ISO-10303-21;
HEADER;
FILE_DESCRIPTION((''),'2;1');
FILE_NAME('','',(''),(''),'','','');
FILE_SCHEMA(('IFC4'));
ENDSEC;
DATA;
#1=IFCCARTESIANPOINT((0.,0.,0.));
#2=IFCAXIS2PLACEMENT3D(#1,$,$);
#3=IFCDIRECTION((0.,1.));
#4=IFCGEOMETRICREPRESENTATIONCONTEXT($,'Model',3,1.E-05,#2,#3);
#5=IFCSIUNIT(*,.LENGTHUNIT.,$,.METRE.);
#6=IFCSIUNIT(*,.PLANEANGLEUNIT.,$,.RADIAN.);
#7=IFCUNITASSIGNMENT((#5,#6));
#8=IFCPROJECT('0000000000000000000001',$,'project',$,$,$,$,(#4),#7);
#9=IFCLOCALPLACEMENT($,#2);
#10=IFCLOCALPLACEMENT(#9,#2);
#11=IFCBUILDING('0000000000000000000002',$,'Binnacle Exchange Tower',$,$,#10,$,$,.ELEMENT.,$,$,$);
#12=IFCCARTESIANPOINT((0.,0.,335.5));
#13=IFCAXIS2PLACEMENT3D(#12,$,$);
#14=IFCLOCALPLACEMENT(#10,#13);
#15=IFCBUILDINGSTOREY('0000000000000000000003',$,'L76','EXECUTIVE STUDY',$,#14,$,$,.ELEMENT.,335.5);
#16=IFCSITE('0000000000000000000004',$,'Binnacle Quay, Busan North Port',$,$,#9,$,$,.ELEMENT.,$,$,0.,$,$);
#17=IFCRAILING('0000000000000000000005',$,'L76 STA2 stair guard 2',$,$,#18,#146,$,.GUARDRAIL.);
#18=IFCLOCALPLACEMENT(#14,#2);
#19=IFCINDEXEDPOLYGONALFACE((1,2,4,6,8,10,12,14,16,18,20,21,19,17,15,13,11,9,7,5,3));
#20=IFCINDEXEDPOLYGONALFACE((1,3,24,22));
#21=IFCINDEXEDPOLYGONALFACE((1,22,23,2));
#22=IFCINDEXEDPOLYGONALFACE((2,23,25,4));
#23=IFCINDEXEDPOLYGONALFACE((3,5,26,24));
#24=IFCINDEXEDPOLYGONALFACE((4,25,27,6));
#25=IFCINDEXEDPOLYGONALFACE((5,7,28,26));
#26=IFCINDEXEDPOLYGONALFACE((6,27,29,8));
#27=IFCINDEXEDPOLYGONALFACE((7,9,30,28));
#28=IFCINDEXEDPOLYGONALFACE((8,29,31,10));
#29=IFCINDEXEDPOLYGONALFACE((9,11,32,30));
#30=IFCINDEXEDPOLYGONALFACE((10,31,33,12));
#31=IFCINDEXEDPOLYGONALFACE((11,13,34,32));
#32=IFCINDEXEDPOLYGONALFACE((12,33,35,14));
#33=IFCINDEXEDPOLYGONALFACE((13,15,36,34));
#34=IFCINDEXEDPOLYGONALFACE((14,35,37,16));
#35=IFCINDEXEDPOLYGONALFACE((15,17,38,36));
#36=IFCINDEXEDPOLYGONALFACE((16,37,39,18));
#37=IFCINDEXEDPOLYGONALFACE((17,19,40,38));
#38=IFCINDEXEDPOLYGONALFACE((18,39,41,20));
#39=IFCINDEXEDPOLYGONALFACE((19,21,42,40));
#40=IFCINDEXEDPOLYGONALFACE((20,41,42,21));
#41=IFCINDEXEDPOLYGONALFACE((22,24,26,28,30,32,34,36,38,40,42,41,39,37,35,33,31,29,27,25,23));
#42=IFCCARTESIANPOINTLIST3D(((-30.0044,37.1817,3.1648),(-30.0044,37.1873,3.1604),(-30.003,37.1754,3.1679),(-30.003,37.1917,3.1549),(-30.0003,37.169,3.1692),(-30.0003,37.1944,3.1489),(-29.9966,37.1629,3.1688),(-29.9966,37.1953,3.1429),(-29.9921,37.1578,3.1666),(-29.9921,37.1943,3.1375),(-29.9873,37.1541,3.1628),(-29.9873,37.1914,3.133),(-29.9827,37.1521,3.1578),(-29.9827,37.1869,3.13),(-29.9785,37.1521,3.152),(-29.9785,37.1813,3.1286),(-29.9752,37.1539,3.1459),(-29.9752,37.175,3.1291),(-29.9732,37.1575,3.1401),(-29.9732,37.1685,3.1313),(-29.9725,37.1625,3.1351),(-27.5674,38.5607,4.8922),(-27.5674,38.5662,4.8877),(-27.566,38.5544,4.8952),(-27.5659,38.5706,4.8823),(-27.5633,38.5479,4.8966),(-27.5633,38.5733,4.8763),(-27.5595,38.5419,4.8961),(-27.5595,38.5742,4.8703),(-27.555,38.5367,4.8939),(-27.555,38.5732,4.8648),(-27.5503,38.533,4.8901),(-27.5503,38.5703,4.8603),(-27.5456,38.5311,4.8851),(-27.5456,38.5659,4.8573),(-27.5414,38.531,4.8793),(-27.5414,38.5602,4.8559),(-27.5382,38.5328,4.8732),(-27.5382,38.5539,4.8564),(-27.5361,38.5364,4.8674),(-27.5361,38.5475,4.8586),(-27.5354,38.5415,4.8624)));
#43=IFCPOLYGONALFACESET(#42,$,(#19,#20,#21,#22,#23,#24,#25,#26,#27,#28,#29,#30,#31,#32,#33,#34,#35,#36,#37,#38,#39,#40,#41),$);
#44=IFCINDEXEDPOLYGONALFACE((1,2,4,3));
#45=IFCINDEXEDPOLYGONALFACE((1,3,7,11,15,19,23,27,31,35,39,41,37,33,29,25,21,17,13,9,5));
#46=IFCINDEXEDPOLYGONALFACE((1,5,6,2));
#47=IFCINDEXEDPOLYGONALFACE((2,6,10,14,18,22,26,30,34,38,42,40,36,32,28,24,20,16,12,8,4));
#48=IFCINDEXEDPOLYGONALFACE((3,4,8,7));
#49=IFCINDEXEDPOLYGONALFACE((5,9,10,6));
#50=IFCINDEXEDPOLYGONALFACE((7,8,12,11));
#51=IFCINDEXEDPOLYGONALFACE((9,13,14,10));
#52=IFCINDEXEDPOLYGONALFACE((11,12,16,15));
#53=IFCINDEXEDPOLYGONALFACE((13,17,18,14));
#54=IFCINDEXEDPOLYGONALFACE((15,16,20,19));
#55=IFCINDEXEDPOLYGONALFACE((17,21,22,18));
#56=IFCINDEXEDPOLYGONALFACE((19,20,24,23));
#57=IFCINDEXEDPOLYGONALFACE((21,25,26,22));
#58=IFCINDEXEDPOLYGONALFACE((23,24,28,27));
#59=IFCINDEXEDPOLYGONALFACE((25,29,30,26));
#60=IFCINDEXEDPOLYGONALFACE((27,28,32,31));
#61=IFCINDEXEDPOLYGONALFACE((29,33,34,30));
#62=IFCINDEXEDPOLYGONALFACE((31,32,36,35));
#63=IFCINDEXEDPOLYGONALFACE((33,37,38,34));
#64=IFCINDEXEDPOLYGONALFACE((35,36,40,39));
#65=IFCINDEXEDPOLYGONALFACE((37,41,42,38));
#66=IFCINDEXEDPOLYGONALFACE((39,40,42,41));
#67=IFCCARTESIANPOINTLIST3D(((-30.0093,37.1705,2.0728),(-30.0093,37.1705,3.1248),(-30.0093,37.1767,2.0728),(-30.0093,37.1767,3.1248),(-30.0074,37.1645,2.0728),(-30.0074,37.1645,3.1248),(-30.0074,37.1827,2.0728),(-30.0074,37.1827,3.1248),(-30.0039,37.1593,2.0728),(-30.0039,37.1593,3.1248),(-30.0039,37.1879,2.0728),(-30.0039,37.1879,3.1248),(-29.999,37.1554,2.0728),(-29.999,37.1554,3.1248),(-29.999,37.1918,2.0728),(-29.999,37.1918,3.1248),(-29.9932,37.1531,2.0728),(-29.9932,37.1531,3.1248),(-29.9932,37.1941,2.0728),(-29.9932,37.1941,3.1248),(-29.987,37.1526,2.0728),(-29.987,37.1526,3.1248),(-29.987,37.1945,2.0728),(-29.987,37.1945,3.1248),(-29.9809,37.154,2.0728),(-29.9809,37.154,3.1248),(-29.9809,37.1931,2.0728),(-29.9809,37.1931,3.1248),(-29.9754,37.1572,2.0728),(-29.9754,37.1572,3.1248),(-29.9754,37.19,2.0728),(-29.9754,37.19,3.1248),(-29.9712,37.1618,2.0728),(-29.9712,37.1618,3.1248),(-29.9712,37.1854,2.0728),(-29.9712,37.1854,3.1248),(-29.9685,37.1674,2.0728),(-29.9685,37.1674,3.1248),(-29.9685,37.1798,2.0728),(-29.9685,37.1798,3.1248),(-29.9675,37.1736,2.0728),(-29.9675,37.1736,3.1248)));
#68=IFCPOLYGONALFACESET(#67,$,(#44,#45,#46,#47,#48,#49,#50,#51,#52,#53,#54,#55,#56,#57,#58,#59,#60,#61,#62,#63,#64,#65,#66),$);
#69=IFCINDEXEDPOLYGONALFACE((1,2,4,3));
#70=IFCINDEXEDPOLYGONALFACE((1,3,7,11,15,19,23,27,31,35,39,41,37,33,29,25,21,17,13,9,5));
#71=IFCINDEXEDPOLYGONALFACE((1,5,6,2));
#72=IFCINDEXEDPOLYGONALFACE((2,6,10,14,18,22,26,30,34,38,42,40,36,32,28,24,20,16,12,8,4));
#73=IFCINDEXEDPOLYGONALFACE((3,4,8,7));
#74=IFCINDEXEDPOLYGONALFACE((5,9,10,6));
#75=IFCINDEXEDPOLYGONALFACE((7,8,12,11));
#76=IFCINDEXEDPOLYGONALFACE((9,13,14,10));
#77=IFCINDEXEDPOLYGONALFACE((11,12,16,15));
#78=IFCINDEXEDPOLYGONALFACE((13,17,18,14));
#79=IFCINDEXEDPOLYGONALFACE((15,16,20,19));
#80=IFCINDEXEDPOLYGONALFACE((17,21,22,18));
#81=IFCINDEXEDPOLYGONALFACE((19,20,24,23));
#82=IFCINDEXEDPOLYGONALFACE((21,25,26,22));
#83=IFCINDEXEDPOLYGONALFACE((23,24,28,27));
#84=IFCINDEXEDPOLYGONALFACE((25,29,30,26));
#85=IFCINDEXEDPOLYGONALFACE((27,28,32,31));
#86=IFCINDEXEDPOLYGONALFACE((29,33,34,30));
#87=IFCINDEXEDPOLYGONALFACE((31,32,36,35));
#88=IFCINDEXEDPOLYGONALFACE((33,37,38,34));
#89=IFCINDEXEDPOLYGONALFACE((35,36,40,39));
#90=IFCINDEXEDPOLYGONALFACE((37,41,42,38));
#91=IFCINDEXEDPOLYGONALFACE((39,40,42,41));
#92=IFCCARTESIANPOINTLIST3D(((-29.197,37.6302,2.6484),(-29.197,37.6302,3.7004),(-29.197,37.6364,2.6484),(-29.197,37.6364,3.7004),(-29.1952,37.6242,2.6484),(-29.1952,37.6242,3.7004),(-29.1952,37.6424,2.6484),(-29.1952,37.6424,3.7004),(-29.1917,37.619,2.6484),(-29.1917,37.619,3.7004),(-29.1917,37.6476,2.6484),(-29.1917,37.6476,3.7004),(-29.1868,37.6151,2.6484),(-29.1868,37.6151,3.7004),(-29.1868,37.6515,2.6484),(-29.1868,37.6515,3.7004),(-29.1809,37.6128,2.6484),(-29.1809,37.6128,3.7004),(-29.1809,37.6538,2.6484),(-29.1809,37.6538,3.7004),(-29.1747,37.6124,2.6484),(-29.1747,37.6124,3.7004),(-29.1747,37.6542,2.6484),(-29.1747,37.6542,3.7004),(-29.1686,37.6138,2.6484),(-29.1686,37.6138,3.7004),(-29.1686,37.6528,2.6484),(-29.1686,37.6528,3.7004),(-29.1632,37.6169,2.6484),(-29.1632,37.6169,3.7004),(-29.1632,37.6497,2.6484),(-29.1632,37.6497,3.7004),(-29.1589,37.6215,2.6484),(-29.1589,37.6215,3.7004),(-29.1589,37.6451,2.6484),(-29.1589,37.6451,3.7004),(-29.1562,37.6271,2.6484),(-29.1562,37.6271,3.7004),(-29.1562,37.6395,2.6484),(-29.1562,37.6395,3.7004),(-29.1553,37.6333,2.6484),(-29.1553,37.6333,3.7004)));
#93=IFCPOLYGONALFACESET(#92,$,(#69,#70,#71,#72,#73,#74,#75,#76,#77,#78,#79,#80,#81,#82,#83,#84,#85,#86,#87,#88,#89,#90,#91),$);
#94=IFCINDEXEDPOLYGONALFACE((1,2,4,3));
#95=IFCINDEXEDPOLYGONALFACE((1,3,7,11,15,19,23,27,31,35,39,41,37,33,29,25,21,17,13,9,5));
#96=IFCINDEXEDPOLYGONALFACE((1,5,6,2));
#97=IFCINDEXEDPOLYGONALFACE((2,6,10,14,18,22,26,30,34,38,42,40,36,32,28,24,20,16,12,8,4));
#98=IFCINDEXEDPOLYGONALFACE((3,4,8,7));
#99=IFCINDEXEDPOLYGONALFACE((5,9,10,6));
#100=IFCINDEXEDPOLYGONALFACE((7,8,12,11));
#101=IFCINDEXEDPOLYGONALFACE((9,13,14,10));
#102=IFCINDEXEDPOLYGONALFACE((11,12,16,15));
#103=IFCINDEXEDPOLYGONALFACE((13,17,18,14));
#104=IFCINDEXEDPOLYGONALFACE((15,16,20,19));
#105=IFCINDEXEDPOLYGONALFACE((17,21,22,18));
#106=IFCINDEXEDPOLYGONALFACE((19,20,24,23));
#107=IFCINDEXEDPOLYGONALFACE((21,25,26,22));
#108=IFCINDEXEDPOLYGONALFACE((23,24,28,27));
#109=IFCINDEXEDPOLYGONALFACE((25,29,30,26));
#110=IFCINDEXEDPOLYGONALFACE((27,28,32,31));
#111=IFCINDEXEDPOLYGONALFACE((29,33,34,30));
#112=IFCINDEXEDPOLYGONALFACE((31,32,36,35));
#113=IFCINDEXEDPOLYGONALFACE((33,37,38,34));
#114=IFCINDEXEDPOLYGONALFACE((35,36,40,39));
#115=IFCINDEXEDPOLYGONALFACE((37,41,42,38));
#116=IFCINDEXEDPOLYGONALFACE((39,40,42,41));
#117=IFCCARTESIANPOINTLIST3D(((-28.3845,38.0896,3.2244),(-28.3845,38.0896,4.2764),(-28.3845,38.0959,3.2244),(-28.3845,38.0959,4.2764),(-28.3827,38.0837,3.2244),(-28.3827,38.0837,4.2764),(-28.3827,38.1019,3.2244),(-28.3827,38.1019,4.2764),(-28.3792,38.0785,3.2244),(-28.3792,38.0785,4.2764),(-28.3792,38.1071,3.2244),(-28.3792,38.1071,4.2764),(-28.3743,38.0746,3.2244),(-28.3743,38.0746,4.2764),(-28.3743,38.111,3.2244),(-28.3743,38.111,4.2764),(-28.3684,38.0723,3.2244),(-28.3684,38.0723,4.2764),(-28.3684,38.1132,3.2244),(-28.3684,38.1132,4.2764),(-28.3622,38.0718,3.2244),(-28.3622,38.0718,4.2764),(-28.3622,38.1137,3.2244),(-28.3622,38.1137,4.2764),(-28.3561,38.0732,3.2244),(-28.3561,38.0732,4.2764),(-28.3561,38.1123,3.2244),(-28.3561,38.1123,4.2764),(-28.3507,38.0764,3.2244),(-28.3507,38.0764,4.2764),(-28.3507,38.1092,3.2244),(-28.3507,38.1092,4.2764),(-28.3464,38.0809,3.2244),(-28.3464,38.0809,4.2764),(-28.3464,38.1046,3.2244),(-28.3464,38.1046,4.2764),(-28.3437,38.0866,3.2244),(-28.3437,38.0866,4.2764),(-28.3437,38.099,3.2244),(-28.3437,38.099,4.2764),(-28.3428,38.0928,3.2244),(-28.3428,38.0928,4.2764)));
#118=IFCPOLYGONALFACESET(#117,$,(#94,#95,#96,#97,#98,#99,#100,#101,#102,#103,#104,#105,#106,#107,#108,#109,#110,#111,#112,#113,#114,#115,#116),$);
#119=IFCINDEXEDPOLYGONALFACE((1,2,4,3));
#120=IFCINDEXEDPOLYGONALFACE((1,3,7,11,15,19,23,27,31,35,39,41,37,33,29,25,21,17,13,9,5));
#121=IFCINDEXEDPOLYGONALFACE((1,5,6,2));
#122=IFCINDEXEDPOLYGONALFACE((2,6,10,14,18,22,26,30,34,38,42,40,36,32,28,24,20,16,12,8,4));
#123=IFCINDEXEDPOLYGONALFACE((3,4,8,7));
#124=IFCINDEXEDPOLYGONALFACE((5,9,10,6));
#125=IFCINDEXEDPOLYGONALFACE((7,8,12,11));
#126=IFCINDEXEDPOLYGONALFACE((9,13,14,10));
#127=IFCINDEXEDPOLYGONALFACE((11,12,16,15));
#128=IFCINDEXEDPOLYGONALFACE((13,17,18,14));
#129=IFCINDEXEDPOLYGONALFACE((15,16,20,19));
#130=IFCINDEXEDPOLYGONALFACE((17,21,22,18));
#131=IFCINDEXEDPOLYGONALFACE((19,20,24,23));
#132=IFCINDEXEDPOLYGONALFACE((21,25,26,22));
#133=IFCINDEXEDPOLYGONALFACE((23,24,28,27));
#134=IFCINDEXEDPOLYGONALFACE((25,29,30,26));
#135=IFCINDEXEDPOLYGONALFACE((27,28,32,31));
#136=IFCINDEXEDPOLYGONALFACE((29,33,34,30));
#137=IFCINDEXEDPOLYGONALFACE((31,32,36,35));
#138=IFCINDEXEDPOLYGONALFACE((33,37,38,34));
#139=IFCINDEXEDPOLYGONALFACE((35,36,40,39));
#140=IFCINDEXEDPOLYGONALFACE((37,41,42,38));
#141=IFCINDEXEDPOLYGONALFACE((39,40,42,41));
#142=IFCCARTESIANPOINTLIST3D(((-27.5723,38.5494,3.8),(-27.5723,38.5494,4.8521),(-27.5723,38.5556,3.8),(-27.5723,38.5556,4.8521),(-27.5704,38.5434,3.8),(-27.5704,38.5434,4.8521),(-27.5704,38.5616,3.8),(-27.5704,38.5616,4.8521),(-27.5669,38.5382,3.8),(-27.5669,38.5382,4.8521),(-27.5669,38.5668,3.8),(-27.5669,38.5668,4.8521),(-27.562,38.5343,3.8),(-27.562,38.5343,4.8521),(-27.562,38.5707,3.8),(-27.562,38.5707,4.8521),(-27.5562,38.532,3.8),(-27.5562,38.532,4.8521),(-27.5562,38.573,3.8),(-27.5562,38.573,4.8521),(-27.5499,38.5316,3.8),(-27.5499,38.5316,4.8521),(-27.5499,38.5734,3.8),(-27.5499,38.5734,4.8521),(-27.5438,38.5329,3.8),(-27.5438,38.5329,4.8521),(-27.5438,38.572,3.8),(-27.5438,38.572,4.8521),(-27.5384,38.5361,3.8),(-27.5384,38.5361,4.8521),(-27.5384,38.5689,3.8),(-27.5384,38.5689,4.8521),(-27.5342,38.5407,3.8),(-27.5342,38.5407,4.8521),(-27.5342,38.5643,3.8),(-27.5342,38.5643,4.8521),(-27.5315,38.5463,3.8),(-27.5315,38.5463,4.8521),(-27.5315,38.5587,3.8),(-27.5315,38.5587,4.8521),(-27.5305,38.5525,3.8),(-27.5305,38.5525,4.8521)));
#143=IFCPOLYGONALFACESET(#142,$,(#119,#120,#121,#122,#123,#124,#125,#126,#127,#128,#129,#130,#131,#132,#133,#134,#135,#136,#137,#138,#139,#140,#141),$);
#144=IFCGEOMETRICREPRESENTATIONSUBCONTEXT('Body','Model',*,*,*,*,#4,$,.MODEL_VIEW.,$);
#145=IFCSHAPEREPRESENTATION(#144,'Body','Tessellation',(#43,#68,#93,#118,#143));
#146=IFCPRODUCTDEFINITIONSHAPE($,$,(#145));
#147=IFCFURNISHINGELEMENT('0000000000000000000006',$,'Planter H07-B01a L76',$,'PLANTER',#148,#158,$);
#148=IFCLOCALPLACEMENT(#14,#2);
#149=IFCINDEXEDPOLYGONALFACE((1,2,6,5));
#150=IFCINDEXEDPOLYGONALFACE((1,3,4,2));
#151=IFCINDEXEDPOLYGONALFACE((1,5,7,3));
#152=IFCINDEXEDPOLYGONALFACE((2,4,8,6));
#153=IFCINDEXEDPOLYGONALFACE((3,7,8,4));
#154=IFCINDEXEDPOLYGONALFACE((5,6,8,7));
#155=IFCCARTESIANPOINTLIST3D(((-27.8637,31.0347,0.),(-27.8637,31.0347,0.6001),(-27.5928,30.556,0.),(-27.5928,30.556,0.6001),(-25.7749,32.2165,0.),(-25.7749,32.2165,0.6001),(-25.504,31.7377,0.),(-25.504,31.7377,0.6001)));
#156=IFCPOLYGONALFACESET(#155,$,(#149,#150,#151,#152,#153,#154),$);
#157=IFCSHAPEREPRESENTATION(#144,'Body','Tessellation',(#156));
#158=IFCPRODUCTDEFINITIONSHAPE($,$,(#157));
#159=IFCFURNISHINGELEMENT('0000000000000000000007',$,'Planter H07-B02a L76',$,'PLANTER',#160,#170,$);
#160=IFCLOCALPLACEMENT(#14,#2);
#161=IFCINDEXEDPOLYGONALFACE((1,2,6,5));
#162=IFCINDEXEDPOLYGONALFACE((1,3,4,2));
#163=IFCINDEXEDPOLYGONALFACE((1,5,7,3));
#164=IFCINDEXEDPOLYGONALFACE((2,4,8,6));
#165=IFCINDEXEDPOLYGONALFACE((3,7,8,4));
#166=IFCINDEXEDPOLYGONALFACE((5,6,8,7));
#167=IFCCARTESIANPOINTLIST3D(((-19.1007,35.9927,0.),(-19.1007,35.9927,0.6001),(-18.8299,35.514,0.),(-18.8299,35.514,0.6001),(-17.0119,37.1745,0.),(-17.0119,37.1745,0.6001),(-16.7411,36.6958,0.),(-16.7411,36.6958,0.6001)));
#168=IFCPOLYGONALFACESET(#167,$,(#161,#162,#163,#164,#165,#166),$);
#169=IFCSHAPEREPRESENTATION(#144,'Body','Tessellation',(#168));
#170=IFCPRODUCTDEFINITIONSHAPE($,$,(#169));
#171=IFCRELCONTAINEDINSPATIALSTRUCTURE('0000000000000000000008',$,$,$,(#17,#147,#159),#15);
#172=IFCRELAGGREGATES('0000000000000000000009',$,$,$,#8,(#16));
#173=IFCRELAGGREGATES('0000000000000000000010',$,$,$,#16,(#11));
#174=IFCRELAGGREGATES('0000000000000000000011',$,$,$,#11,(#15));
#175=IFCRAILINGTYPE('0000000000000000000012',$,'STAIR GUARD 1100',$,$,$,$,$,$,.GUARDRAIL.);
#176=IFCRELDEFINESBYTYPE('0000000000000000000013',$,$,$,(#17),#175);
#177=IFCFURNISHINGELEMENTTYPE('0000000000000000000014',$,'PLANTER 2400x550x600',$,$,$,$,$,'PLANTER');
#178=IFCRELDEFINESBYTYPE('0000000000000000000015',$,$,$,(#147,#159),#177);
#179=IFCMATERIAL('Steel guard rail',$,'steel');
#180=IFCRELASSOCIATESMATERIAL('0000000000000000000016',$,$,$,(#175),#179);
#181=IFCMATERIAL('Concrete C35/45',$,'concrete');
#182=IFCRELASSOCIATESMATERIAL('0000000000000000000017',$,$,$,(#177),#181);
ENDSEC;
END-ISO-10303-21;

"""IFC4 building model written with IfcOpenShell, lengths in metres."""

from ifc_helpers import new_model, si_unit, direction, frame, origin, origin_2d, place, context, subcontext, project, spatial, rectangle, circle, extrude, material, type_object, element, save


model = new_model("IFC4")

# Units and contexts
model_context = context("Model", 3, precision=1e-05, world=origin(), true_north=direction((0.0, 1.0)))
body_context = subcontext(model_context, "Body", "Model", "MODEL_VIEW")
ifc_project = project(units=[si_unit("LENGTHUNIT", "METRE"), si_unit("PLANEANGLEUNIT", "RADIAN")], contexts=[model_context])

# Site, building, storey
site_placement = place(None, origin())
site = spatial("IfcSite", under=ifc_project, at=site_placement, Name="Binnacle Quay, Busan North Port", CompositionType="ELEMENT", RefElevation=0.0)
building_placement = place(site_placement, origin())
building = spatial("IfcBuilding", under=site, at=building_placement, Name="Binnacle Exchange Tower", CompositionType="ELEMENT")
storey_placement = place(building_placement, frame((0.0, 0.0, 335.5)))
storey = spatial("IfcBuildingStorey", under=building, at=storey_placement, Name="L76", Description="EXECUTIVE STUDY", CompositionType="ELEMENT", Elevation=335.5)

# Shared definitions
ifc_material_1 = material(Name="Concrete C35/45", Category="concrete")

# Railing
ifc_material_2 = material(Name="Steel guard rail", Category="steel")
railing_type_1 = type_object("IfcRailingType", Name="STAIR GUARD 1100", PredefinedType="GUARDRAIL", material=ifc_material_2)
railing_1_placement = place(storey_placement, frame((-29.9885, 37.1736, 2.0728)))
element("IfcRailing", 1, at=railing_1_placement, inside=storey, type_object=railing_type_1, Name="L76 STA2 stair guard 2", PredefinedType="GUARDRAIL", context=body_context, shape_type="SweptSolid", body=[
    extrude(circle(Radius=0.0239, at=origin_2d()), frame((0.0, 0.0, 1.0762), z_axis=(0.740738, 0.419123, 0.525017), x_axis=(-0.492454, 0.870339, 0.0)), (0.0, 0.0, 1.0), 3.29),
    extrude(circle(Radius=0.021, at=origin_2d()), origin(), (0.0, 0.0, 1.0), 1.052),
    extrude(circle(Radius=0.021, at=origin_2d()), frame((0.8123, 0.4597, 0.5757)), (0.0, 0.0, 1.0), 1.052),
    extrude(circle(Radius=0.021, at=origin_2d()), frame((1.6248, 0.9192, 1.1516)), (0.0, 0.0, 1.0), 1.052),
    extrude(circle(Radius=0.021, at=origin_2d()), frame((2.437, 1.3789, 1.7273)), (0.0, 0.0, 1.0), 1.052),
])

# Furnishing elements
furnishing_element_type = type_object("IfcFurnishingElementType", Name="PLANTER 2400x550x600", ElementType="PLANTER", material=ifc_material_1)
for number, where, z_axis, x_axis, name in (
    (2, (-26.6838, 31.3862, 0.0), (0.0, 0.0, 1.0), (0.870356, 0.492424, 0.0), "Planter H07-B01a L76"),
    (3, (-17.9209, 36.3442, 0.0), (0.0, 0.0, 1.0), (0.870356, 0.492424, 0.0), "Planter H07-B02a L76"),
):
    element("IfcFurnishingElement", number, at=place(storey_placement, frame(where, z_axis=z_axis, x_axis=x_axis)), inside=storey, type_object=furnishing_element_type, Name=name, ObjectType="PLANTER", context=body_context, shape_type="SweptSolid", body=[
        extrude(rectangle(XDim=2.3999, YDim=0.55, at=origin_2d()), origin(), (0.0, 0.0, 1.0), 0.6001),
    ])

save(model, "model.ifc")
